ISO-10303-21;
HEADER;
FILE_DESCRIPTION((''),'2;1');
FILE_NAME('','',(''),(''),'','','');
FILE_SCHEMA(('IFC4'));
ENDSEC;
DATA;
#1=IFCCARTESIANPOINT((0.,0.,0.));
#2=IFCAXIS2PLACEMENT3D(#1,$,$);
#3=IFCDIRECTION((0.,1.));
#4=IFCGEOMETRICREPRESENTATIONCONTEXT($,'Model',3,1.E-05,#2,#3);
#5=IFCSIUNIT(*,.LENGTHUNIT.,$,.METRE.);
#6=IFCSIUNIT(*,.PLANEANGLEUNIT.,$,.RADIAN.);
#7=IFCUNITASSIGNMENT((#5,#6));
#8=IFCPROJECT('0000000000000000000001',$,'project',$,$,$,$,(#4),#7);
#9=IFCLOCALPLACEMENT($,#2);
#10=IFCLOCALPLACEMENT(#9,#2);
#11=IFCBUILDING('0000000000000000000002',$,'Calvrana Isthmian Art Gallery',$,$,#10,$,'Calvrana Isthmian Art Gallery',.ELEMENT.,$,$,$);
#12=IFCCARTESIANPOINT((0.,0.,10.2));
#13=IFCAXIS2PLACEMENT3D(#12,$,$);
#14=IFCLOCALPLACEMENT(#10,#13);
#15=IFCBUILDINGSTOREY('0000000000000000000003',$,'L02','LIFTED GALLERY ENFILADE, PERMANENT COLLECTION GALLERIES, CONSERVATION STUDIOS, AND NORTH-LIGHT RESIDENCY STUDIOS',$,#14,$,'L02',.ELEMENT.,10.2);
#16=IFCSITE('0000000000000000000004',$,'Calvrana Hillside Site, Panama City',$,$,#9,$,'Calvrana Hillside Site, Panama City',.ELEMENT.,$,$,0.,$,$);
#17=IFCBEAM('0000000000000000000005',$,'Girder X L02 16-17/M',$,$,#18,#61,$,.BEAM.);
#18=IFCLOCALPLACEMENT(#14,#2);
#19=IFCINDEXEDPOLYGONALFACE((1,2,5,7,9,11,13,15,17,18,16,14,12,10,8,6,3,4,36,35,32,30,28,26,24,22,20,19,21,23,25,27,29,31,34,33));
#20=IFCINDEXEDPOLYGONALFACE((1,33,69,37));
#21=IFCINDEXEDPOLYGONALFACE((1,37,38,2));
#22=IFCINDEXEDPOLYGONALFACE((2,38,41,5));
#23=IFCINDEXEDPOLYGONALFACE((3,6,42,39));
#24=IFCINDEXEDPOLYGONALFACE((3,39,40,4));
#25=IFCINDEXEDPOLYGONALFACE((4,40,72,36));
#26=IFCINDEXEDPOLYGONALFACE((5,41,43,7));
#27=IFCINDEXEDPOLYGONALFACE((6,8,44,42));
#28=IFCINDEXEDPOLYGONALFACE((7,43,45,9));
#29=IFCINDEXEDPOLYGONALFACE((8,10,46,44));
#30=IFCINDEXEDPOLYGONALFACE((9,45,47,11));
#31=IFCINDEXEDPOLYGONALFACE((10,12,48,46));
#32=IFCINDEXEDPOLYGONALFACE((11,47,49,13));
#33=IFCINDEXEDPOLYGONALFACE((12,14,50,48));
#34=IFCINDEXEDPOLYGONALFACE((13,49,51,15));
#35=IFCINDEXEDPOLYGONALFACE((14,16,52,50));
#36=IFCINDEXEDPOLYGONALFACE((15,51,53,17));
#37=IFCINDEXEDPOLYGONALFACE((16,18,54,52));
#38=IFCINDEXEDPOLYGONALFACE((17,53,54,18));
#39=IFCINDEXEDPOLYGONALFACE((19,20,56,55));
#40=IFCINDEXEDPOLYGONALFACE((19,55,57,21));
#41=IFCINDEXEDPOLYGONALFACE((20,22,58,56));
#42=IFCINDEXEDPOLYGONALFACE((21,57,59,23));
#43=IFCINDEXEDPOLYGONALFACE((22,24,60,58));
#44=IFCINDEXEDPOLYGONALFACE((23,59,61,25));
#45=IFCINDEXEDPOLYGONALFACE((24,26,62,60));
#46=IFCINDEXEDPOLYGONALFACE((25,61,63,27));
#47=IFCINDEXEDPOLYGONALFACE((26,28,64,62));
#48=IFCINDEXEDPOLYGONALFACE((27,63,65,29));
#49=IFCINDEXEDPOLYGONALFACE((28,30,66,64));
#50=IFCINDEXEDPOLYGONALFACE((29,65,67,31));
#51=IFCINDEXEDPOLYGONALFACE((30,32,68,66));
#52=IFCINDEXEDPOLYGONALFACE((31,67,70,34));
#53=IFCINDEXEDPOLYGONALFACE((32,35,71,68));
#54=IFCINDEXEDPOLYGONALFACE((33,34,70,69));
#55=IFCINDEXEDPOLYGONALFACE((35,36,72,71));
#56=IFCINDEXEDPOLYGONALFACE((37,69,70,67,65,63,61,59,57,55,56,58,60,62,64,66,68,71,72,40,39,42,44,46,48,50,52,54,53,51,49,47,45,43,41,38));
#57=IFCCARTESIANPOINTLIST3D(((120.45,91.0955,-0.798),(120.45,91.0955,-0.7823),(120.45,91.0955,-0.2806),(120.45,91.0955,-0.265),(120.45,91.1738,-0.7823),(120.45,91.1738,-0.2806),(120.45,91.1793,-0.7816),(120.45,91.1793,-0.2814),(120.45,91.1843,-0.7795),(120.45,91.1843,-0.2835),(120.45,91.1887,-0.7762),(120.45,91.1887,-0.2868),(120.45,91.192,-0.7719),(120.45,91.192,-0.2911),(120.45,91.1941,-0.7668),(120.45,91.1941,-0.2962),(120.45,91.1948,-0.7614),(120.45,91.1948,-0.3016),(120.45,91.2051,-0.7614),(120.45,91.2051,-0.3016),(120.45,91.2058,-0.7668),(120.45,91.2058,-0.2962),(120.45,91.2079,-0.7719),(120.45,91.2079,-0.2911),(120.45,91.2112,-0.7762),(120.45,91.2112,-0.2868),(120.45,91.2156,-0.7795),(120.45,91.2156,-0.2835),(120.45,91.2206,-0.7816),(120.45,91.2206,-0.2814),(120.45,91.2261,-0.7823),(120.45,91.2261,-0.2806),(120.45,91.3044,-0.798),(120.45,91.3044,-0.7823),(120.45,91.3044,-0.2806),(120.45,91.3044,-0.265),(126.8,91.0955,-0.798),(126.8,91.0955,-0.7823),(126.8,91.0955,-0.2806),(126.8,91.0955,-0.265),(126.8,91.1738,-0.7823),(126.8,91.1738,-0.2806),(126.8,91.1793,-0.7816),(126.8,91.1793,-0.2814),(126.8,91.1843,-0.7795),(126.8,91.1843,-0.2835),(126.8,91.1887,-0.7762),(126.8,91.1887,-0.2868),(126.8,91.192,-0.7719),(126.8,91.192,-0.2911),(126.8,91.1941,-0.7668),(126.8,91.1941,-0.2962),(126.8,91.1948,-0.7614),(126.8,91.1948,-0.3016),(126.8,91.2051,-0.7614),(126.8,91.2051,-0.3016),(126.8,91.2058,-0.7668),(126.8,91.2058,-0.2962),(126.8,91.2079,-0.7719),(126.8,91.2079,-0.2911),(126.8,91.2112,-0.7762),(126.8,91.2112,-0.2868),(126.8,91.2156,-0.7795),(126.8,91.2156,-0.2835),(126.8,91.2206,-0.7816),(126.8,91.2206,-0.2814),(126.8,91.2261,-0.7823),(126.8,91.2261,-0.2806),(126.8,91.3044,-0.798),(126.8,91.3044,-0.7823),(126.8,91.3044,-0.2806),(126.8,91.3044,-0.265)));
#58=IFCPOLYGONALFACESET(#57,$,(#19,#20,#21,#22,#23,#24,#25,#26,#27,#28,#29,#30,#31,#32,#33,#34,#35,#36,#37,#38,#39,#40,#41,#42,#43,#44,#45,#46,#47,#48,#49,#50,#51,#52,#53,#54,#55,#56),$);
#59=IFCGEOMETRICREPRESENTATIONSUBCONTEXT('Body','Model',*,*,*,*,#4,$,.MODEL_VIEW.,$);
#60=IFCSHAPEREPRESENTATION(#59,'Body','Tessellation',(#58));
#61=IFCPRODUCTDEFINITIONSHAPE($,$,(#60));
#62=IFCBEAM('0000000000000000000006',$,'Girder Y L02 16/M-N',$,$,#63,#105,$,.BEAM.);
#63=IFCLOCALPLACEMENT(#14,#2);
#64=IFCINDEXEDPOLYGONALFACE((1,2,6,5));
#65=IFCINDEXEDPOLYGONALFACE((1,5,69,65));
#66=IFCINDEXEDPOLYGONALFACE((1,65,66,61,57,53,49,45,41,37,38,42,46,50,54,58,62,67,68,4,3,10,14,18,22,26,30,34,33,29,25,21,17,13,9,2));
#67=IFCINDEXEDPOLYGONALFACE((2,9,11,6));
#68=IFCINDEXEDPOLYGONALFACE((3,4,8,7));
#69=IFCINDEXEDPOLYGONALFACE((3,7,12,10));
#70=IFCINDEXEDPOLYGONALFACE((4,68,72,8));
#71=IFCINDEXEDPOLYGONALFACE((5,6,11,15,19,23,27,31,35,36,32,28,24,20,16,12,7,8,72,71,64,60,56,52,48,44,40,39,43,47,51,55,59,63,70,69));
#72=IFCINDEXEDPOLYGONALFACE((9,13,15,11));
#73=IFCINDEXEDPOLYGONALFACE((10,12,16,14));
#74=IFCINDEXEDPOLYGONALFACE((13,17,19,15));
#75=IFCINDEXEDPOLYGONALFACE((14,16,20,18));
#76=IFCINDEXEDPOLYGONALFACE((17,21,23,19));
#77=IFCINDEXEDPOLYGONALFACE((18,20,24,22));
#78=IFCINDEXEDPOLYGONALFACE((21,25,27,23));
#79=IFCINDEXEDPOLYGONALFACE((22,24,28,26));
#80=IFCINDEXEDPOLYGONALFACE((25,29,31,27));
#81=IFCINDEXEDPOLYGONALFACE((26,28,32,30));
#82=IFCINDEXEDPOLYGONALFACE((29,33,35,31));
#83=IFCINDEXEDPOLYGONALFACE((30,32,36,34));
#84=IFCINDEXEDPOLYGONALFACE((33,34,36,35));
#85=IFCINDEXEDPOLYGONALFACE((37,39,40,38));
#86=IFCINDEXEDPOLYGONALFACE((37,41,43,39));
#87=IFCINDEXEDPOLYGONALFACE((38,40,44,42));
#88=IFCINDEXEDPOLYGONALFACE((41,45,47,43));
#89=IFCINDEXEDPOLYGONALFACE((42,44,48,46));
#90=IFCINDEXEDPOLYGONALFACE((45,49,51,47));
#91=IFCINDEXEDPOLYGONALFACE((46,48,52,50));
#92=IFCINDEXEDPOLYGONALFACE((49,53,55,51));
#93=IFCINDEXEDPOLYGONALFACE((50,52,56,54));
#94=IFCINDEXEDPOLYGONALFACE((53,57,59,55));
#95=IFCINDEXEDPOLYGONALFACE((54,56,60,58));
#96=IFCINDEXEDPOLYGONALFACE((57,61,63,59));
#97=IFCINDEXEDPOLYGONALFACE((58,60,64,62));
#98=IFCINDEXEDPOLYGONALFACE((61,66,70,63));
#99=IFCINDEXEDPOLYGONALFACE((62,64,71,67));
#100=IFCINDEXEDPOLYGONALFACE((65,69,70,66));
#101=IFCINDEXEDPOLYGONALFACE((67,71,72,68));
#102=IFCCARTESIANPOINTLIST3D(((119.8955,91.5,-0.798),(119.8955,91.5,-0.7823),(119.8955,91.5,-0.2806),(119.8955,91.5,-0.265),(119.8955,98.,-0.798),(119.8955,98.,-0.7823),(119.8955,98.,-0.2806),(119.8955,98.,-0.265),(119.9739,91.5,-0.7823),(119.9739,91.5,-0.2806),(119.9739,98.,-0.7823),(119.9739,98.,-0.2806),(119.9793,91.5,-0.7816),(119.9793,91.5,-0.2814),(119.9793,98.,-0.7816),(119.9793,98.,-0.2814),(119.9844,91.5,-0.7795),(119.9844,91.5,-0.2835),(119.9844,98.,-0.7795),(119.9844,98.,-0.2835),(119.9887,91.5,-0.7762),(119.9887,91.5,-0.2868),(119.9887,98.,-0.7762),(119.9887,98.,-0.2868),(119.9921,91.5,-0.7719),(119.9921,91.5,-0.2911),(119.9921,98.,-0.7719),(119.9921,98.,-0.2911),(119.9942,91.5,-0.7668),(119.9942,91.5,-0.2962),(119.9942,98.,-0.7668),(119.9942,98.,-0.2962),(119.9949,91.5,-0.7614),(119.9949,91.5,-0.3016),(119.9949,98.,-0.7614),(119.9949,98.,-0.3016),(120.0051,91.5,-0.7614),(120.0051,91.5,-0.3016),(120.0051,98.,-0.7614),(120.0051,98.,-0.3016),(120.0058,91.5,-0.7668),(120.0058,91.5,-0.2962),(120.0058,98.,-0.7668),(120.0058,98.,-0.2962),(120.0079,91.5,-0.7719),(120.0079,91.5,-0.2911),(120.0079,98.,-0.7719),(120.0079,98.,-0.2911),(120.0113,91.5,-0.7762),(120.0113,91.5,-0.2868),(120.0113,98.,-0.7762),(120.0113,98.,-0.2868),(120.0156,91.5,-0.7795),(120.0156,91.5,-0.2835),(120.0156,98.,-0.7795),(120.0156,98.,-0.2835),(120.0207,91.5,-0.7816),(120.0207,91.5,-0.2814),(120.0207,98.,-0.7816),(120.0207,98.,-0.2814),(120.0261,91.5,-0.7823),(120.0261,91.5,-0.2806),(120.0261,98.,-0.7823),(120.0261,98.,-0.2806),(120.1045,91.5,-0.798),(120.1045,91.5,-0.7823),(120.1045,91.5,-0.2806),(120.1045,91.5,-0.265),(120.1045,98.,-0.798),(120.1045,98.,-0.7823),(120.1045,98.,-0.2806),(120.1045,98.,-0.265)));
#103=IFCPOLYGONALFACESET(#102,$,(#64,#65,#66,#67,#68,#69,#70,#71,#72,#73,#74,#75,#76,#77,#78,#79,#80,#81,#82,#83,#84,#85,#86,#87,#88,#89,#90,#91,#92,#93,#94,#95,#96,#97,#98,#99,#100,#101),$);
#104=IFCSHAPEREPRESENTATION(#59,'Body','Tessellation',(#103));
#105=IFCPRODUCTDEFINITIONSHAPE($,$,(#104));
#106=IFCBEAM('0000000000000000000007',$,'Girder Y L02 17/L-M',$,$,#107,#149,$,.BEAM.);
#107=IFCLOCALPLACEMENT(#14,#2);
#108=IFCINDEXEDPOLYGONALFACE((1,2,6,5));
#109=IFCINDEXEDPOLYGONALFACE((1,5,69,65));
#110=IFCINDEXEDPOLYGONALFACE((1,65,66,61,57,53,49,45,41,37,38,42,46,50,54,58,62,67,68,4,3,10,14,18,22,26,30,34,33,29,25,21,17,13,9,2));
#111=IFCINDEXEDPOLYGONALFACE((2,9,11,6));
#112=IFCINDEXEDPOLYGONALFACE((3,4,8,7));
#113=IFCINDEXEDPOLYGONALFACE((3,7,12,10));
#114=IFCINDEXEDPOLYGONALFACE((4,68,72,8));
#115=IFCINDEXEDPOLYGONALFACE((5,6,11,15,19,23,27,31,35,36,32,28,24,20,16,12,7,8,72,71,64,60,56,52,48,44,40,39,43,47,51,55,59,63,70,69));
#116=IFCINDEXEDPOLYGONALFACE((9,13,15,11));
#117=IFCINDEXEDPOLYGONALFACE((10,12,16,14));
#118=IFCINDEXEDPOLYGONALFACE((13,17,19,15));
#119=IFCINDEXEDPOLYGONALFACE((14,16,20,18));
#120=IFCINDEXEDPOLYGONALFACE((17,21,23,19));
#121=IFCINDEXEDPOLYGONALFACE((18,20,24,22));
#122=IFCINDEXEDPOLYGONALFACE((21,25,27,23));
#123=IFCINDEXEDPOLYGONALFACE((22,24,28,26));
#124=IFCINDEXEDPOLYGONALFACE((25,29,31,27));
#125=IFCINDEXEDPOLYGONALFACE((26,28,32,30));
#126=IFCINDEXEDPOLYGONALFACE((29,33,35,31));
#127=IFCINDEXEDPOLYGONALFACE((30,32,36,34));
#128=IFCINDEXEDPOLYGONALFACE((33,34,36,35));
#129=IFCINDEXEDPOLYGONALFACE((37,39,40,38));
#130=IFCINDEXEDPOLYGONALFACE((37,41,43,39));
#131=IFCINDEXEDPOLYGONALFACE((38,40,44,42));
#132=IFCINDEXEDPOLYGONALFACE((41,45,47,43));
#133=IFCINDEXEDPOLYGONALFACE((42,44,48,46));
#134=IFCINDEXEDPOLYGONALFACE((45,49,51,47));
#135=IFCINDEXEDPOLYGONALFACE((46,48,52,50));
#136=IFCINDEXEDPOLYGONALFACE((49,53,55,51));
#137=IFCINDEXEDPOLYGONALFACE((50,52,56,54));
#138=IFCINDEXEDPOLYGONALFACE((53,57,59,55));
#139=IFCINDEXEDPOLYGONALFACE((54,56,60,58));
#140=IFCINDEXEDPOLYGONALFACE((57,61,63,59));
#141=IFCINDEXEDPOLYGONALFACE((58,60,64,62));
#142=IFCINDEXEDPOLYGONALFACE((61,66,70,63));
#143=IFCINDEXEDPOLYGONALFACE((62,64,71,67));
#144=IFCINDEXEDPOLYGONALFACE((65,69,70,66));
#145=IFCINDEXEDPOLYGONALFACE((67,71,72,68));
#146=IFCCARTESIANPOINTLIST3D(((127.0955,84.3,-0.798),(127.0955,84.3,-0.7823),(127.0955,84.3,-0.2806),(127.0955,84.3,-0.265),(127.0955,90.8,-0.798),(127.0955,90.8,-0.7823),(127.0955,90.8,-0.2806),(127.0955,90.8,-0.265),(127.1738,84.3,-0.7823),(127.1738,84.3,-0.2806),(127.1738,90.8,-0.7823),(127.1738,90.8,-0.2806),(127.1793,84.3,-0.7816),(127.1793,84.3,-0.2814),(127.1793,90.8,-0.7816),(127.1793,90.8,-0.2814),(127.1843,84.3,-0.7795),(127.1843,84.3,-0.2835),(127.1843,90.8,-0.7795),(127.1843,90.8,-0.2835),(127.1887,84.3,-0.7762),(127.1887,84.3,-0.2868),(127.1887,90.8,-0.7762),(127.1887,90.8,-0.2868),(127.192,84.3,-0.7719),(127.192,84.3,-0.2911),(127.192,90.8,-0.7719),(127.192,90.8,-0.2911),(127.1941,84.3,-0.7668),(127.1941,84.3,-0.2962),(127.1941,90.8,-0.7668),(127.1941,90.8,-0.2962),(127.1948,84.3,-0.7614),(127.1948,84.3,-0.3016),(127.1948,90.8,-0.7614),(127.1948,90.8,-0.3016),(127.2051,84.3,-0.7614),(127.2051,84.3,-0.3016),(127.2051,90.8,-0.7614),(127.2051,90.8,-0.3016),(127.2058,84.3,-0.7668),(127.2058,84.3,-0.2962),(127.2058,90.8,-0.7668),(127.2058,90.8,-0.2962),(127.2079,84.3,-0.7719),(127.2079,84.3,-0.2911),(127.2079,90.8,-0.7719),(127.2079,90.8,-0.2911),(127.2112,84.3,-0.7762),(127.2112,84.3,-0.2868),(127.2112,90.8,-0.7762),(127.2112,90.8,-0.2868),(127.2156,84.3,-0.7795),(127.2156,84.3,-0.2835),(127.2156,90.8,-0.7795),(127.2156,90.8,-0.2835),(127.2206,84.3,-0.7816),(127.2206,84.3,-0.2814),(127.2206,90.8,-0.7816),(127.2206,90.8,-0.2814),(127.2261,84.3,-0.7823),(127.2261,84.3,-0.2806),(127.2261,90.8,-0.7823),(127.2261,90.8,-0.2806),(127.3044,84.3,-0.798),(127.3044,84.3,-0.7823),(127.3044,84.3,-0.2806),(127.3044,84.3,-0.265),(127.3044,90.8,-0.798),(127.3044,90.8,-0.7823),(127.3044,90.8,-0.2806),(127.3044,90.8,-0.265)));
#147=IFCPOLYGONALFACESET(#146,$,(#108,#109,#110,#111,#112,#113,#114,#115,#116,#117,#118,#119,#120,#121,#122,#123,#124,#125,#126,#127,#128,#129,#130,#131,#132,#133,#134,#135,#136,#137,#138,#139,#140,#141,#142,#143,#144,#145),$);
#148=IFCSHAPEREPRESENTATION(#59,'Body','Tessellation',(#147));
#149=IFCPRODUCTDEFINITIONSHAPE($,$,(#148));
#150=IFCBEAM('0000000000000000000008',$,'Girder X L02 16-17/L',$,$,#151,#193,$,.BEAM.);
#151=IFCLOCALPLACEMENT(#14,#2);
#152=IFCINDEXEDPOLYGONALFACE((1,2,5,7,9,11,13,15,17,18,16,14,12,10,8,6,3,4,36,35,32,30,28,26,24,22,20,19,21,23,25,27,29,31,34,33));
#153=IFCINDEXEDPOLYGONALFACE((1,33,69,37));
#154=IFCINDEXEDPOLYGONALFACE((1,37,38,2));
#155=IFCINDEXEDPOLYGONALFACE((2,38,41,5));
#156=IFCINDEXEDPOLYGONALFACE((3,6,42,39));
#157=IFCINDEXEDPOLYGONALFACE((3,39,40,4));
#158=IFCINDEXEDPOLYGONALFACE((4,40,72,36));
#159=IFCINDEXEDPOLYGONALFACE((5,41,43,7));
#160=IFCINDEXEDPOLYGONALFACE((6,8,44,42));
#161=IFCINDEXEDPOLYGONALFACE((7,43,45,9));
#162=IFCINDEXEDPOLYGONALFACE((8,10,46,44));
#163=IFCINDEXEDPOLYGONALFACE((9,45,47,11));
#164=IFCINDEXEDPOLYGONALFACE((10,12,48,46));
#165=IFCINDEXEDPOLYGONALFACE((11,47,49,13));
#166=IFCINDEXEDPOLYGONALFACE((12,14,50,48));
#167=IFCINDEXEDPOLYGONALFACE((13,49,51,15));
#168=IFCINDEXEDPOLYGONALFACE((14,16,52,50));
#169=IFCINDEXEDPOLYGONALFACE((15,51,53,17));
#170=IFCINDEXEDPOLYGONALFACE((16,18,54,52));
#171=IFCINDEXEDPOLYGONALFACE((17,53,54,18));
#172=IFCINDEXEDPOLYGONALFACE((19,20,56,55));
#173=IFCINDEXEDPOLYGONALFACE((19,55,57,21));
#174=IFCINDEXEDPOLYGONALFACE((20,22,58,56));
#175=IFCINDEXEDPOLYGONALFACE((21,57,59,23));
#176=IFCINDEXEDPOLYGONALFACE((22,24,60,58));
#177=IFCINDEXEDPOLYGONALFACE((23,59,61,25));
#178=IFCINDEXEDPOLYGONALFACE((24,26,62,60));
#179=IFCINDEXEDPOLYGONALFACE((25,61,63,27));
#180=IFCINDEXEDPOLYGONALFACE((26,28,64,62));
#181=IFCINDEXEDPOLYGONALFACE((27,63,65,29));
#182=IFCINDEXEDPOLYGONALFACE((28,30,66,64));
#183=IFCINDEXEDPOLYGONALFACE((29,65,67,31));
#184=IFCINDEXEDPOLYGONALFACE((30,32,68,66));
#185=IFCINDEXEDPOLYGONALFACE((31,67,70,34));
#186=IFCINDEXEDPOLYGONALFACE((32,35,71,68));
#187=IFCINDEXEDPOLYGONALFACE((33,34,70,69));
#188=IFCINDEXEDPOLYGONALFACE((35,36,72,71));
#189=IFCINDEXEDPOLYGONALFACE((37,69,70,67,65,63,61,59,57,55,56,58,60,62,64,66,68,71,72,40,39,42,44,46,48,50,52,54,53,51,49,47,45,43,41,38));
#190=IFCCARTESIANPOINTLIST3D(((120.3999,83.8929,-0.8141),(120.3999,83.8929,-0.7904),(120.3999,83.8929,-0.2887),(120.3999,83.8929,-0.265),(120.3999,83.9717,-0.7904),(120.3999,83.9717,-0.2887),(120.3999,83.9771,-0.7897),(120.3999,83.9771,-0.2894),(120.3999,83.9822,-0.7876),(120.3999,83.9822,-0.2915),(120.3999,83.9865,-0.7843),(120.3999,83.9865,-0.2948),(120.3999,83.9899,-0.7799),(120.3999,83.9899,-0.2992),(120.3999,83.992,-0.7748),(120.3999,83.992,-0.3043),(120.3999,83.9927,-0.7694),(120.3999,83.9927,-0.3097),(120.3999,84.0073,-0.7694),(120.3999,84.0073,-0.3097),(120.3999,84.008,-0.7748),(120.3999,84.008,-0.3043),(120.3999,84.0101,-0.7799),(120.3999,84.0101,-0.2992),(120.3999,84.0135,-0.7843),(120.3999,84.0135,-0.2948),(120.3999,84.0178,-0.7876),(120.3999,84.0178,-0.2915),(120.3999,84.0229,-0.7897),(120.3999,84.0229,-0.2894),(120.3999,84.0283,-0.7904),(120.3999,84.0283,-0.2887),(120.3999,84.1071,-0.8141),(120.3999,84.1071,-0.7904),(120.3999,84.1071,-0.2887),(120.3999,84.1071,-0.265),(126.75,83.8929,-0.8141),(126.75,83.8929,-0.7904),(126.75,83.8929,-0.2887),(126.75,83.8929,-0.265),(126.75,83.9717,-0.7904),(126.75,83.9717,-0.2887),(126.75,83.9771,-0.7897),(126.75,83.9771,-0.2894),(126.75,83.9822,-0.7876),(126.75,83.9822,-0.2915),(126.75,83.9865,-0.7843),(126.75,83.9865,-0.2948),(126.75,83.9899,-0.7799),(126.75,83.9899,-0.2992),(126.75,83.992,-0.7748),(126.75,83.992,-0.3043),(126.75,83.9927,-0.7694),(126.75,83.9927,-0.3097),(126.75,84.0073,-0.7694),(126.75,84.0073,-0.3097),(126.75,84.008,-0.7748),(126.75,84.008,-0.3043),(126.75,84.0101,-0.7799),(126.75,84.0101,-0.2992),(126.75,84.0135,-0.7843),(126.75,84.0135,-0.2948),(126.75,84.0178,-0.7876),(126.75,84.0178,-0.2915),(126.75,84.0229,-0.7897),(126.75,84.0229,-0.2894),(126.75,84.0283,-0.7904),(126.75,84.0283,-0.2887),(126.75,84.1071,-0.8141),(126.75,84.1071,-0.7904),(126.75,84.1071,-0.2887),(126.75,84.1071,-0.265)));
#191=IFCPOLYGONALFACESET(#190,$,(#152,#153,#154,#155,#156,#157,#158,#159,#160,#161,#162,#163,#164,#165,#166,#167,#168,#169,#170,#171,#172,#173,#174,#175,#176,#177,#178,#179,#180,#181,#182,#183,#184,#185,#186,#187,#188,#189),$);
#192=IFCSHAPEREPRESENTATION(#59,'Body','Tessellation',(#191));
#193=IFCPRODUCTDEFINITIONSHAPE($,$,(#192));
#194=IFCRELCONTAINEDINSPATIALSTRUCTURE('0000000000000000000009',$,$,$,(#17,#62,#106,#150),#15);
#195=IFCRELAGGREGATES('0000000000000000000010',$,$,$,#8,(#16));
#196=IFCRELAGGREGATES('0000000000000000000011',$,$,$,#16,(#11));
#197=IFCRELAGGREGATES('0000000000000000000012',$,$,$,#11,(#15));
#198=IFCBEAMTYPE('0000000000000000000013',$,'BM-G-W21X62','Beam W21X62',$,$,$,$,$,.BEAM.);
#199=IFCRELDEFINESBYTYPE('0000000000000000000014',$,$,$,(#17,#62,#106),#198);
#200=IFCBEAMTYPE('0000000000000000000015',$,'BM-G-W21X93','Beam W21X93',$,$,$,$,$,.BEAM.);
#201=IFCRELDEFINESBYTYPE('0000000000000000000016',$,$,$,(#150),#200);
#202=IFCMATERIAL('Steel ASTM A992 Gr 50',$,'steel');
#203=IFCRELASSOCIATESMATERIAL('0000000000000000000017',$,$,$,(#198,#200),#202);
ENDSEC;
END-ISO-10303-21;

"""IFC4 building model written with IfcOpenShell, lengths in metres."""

from ifc_helpers import new_model, si_unit, direction, frame, origin, origin_2d, place, context, subcontext, project, spatial, i_section, extrude, material, material_profile, profile_set, type_object, element, save


model = new_model("IFC4")

# Units and contexts
model_context = context("Model", 3, precision=1e-05, world=origin(), true_north=direction((0.0, 1.0)))
body_context = subcontext(model_context, "Body", "Model", "MODEL_VIEW")
ifc_project = project(units=[si_unit("LENGTHUNIT", "METRE"), si_unit("PLANEANGLEUNIT", "RADIAN")], contexts=[model_context])

# Site, building, storey
site_placement = place(None, origin())
site = spatial("IfcSite", under=ifc_project, at=site_placement, Name="Calvrana Hillside Site, Panama City", LongName="Calvrana Hillside Site, Panama City", CompositionType="ELEMENT", RefElevation=0.0)
building_placement = place(site_placement, origin())
building = spatial("IfcBuilding", under=site, at=building_placement, Name="Calvrana Isthmian Art Gallery", LongName="Calvrana Isthmian Art Gallery", CompositionType="ELEMENT")
storey_placement = place(building_placement, frame((0.0, 0.0, 10.2)))
storey = spatial("IfcBuildingStorey", under=building, at=storey_placement, Name="L02", Description="LIFTED GALLERY ENFILADE, PERMANENT COLLECTION GALLERIES, CONSERVATION STUDIOS, AND NORTH-LIGHT RESIDENCY STUDIOS", LongName="L02", CompositionType="ELEMENT", Elevation=10.2)

# Beams
ifc_material_1 = material(Name="Steel ASTM A992 Gr 50", Category="steel")
ifc_material_profile_1 = material_profile(ifc_material_1, i_section(OverallWidth=0.209, OverallDepth=0.533, WebThickness=0.0103, FlangeThickness=0.0156, FilletRadius=0.021, at=origin_2d()), Name="W21X62")
ifc_profile_set_1 = profile_set([ifc_material_profile_1], Name="Steel ASTM A992 Gr 50")
beam_type_1 = type_object("IfcBeamType", Name="BM-G-W21X62", Description="Beam W21X62", PredefinedType="BEAM", material=ifc_profile_set_1)
for number, where, z_axis, x_axis, name in (
    (1, (120.45, 91.2, -0.5315), (1.0, 0.0, 0.0), (0.0, 1.0, 0.0), "Girder X L02 16-17/M"),
):
    element("IfcBeam", number, at=place(storey_placement, frame(where, z_axis=z_axis, x_axis=x_axis)), inside=storey, type_object=beam_type_1, Name=name, PredefinedType="BEAM", context=body_context, shape_type="SweptSolid", body=[
        extrude(i_section(OverallWidth=0.209, OverallDepth=0.533, WebThickness=0.0103, FlangeThickness=0.0156, FilletRadius=0.021, at=origin_2d()), origin(), (0.0, 0.0, 1.0), 6.3501),
    ])
for number, where, z_axis, x_axis, name in (
    (2, (120.0, 91.5, -0.5315), (0.0, 1.0, 0.0), (-1.0, 0.0, 0.0), "Girder Y L02 16/M-N"),
    (3, (127.2, 84.3, -0.5315), (0.0, 1.0, 0.0), (-1.0, 0.0, 0.0), "Girder Y L02 17/L-M"),
):
    element("IfcBeam", number, at=place(storey_placement, frame(where, z_axis=z_axis, x_axis=x_axis)), inside=storey, type_object=beam_type_1, Name=name, PredefinedType="BEAM", context=body_context, shape_type="SweptSolid", body=[
        extrude(i_section(OverallWidth=0.209, OverallDepth=0.533, WebThickness=0.0103, FlangeThickness=0.0156, FilletRadius=0.021, at=origin_2d()), origin(), (0.0, 0.0, 1.0), 6.5),
    ])
ifc_material_profile_2 = material_profile(ifc_material_1, i_section(OverallWidth=0.2141, OverallDepth=0.5491, WebThickness=0.0146, FlangeThickness=0.0237, FilletRadius=0.021, at=origin_2d()), Name="W21X93")
ifc_profile_set_2 = profile_set([ifc_material_profile_2], Name="Steel ASTM A992 Gr 50")
beam_type_2 = type_object("IfcBeamType", Name="BM-G-W21X93", Description="Beam W21X93", PredefinedType="BEAM", material=ifc_profile_set_2)
beam_1_placement = place(storey_placement, frame((120.3999, 84.0, -0.5396), z_axis=(1.0, 0.0, 0.0), x_axis=(0.0, 1.0, 0.0)))
element("IfcBeam", 4, at=beam_1_placement, inside=storey, type_object=beam_type_2, Name="Girder X L02 16-17/L", PredefinedType="BEAM", context=body_context, shape_type="SweptSolid", body=[
    extrude(i_section(OverallWidth=0.2141, OverallDepth=0.5491, WebThickness=0.0146, FlangeThickness=0.0237, FilletRadius=0.021, at=origin_2d()), origin(), (0.0, 0.0, 1.0), 6.3501),
])

save(model, "model.ifc")
